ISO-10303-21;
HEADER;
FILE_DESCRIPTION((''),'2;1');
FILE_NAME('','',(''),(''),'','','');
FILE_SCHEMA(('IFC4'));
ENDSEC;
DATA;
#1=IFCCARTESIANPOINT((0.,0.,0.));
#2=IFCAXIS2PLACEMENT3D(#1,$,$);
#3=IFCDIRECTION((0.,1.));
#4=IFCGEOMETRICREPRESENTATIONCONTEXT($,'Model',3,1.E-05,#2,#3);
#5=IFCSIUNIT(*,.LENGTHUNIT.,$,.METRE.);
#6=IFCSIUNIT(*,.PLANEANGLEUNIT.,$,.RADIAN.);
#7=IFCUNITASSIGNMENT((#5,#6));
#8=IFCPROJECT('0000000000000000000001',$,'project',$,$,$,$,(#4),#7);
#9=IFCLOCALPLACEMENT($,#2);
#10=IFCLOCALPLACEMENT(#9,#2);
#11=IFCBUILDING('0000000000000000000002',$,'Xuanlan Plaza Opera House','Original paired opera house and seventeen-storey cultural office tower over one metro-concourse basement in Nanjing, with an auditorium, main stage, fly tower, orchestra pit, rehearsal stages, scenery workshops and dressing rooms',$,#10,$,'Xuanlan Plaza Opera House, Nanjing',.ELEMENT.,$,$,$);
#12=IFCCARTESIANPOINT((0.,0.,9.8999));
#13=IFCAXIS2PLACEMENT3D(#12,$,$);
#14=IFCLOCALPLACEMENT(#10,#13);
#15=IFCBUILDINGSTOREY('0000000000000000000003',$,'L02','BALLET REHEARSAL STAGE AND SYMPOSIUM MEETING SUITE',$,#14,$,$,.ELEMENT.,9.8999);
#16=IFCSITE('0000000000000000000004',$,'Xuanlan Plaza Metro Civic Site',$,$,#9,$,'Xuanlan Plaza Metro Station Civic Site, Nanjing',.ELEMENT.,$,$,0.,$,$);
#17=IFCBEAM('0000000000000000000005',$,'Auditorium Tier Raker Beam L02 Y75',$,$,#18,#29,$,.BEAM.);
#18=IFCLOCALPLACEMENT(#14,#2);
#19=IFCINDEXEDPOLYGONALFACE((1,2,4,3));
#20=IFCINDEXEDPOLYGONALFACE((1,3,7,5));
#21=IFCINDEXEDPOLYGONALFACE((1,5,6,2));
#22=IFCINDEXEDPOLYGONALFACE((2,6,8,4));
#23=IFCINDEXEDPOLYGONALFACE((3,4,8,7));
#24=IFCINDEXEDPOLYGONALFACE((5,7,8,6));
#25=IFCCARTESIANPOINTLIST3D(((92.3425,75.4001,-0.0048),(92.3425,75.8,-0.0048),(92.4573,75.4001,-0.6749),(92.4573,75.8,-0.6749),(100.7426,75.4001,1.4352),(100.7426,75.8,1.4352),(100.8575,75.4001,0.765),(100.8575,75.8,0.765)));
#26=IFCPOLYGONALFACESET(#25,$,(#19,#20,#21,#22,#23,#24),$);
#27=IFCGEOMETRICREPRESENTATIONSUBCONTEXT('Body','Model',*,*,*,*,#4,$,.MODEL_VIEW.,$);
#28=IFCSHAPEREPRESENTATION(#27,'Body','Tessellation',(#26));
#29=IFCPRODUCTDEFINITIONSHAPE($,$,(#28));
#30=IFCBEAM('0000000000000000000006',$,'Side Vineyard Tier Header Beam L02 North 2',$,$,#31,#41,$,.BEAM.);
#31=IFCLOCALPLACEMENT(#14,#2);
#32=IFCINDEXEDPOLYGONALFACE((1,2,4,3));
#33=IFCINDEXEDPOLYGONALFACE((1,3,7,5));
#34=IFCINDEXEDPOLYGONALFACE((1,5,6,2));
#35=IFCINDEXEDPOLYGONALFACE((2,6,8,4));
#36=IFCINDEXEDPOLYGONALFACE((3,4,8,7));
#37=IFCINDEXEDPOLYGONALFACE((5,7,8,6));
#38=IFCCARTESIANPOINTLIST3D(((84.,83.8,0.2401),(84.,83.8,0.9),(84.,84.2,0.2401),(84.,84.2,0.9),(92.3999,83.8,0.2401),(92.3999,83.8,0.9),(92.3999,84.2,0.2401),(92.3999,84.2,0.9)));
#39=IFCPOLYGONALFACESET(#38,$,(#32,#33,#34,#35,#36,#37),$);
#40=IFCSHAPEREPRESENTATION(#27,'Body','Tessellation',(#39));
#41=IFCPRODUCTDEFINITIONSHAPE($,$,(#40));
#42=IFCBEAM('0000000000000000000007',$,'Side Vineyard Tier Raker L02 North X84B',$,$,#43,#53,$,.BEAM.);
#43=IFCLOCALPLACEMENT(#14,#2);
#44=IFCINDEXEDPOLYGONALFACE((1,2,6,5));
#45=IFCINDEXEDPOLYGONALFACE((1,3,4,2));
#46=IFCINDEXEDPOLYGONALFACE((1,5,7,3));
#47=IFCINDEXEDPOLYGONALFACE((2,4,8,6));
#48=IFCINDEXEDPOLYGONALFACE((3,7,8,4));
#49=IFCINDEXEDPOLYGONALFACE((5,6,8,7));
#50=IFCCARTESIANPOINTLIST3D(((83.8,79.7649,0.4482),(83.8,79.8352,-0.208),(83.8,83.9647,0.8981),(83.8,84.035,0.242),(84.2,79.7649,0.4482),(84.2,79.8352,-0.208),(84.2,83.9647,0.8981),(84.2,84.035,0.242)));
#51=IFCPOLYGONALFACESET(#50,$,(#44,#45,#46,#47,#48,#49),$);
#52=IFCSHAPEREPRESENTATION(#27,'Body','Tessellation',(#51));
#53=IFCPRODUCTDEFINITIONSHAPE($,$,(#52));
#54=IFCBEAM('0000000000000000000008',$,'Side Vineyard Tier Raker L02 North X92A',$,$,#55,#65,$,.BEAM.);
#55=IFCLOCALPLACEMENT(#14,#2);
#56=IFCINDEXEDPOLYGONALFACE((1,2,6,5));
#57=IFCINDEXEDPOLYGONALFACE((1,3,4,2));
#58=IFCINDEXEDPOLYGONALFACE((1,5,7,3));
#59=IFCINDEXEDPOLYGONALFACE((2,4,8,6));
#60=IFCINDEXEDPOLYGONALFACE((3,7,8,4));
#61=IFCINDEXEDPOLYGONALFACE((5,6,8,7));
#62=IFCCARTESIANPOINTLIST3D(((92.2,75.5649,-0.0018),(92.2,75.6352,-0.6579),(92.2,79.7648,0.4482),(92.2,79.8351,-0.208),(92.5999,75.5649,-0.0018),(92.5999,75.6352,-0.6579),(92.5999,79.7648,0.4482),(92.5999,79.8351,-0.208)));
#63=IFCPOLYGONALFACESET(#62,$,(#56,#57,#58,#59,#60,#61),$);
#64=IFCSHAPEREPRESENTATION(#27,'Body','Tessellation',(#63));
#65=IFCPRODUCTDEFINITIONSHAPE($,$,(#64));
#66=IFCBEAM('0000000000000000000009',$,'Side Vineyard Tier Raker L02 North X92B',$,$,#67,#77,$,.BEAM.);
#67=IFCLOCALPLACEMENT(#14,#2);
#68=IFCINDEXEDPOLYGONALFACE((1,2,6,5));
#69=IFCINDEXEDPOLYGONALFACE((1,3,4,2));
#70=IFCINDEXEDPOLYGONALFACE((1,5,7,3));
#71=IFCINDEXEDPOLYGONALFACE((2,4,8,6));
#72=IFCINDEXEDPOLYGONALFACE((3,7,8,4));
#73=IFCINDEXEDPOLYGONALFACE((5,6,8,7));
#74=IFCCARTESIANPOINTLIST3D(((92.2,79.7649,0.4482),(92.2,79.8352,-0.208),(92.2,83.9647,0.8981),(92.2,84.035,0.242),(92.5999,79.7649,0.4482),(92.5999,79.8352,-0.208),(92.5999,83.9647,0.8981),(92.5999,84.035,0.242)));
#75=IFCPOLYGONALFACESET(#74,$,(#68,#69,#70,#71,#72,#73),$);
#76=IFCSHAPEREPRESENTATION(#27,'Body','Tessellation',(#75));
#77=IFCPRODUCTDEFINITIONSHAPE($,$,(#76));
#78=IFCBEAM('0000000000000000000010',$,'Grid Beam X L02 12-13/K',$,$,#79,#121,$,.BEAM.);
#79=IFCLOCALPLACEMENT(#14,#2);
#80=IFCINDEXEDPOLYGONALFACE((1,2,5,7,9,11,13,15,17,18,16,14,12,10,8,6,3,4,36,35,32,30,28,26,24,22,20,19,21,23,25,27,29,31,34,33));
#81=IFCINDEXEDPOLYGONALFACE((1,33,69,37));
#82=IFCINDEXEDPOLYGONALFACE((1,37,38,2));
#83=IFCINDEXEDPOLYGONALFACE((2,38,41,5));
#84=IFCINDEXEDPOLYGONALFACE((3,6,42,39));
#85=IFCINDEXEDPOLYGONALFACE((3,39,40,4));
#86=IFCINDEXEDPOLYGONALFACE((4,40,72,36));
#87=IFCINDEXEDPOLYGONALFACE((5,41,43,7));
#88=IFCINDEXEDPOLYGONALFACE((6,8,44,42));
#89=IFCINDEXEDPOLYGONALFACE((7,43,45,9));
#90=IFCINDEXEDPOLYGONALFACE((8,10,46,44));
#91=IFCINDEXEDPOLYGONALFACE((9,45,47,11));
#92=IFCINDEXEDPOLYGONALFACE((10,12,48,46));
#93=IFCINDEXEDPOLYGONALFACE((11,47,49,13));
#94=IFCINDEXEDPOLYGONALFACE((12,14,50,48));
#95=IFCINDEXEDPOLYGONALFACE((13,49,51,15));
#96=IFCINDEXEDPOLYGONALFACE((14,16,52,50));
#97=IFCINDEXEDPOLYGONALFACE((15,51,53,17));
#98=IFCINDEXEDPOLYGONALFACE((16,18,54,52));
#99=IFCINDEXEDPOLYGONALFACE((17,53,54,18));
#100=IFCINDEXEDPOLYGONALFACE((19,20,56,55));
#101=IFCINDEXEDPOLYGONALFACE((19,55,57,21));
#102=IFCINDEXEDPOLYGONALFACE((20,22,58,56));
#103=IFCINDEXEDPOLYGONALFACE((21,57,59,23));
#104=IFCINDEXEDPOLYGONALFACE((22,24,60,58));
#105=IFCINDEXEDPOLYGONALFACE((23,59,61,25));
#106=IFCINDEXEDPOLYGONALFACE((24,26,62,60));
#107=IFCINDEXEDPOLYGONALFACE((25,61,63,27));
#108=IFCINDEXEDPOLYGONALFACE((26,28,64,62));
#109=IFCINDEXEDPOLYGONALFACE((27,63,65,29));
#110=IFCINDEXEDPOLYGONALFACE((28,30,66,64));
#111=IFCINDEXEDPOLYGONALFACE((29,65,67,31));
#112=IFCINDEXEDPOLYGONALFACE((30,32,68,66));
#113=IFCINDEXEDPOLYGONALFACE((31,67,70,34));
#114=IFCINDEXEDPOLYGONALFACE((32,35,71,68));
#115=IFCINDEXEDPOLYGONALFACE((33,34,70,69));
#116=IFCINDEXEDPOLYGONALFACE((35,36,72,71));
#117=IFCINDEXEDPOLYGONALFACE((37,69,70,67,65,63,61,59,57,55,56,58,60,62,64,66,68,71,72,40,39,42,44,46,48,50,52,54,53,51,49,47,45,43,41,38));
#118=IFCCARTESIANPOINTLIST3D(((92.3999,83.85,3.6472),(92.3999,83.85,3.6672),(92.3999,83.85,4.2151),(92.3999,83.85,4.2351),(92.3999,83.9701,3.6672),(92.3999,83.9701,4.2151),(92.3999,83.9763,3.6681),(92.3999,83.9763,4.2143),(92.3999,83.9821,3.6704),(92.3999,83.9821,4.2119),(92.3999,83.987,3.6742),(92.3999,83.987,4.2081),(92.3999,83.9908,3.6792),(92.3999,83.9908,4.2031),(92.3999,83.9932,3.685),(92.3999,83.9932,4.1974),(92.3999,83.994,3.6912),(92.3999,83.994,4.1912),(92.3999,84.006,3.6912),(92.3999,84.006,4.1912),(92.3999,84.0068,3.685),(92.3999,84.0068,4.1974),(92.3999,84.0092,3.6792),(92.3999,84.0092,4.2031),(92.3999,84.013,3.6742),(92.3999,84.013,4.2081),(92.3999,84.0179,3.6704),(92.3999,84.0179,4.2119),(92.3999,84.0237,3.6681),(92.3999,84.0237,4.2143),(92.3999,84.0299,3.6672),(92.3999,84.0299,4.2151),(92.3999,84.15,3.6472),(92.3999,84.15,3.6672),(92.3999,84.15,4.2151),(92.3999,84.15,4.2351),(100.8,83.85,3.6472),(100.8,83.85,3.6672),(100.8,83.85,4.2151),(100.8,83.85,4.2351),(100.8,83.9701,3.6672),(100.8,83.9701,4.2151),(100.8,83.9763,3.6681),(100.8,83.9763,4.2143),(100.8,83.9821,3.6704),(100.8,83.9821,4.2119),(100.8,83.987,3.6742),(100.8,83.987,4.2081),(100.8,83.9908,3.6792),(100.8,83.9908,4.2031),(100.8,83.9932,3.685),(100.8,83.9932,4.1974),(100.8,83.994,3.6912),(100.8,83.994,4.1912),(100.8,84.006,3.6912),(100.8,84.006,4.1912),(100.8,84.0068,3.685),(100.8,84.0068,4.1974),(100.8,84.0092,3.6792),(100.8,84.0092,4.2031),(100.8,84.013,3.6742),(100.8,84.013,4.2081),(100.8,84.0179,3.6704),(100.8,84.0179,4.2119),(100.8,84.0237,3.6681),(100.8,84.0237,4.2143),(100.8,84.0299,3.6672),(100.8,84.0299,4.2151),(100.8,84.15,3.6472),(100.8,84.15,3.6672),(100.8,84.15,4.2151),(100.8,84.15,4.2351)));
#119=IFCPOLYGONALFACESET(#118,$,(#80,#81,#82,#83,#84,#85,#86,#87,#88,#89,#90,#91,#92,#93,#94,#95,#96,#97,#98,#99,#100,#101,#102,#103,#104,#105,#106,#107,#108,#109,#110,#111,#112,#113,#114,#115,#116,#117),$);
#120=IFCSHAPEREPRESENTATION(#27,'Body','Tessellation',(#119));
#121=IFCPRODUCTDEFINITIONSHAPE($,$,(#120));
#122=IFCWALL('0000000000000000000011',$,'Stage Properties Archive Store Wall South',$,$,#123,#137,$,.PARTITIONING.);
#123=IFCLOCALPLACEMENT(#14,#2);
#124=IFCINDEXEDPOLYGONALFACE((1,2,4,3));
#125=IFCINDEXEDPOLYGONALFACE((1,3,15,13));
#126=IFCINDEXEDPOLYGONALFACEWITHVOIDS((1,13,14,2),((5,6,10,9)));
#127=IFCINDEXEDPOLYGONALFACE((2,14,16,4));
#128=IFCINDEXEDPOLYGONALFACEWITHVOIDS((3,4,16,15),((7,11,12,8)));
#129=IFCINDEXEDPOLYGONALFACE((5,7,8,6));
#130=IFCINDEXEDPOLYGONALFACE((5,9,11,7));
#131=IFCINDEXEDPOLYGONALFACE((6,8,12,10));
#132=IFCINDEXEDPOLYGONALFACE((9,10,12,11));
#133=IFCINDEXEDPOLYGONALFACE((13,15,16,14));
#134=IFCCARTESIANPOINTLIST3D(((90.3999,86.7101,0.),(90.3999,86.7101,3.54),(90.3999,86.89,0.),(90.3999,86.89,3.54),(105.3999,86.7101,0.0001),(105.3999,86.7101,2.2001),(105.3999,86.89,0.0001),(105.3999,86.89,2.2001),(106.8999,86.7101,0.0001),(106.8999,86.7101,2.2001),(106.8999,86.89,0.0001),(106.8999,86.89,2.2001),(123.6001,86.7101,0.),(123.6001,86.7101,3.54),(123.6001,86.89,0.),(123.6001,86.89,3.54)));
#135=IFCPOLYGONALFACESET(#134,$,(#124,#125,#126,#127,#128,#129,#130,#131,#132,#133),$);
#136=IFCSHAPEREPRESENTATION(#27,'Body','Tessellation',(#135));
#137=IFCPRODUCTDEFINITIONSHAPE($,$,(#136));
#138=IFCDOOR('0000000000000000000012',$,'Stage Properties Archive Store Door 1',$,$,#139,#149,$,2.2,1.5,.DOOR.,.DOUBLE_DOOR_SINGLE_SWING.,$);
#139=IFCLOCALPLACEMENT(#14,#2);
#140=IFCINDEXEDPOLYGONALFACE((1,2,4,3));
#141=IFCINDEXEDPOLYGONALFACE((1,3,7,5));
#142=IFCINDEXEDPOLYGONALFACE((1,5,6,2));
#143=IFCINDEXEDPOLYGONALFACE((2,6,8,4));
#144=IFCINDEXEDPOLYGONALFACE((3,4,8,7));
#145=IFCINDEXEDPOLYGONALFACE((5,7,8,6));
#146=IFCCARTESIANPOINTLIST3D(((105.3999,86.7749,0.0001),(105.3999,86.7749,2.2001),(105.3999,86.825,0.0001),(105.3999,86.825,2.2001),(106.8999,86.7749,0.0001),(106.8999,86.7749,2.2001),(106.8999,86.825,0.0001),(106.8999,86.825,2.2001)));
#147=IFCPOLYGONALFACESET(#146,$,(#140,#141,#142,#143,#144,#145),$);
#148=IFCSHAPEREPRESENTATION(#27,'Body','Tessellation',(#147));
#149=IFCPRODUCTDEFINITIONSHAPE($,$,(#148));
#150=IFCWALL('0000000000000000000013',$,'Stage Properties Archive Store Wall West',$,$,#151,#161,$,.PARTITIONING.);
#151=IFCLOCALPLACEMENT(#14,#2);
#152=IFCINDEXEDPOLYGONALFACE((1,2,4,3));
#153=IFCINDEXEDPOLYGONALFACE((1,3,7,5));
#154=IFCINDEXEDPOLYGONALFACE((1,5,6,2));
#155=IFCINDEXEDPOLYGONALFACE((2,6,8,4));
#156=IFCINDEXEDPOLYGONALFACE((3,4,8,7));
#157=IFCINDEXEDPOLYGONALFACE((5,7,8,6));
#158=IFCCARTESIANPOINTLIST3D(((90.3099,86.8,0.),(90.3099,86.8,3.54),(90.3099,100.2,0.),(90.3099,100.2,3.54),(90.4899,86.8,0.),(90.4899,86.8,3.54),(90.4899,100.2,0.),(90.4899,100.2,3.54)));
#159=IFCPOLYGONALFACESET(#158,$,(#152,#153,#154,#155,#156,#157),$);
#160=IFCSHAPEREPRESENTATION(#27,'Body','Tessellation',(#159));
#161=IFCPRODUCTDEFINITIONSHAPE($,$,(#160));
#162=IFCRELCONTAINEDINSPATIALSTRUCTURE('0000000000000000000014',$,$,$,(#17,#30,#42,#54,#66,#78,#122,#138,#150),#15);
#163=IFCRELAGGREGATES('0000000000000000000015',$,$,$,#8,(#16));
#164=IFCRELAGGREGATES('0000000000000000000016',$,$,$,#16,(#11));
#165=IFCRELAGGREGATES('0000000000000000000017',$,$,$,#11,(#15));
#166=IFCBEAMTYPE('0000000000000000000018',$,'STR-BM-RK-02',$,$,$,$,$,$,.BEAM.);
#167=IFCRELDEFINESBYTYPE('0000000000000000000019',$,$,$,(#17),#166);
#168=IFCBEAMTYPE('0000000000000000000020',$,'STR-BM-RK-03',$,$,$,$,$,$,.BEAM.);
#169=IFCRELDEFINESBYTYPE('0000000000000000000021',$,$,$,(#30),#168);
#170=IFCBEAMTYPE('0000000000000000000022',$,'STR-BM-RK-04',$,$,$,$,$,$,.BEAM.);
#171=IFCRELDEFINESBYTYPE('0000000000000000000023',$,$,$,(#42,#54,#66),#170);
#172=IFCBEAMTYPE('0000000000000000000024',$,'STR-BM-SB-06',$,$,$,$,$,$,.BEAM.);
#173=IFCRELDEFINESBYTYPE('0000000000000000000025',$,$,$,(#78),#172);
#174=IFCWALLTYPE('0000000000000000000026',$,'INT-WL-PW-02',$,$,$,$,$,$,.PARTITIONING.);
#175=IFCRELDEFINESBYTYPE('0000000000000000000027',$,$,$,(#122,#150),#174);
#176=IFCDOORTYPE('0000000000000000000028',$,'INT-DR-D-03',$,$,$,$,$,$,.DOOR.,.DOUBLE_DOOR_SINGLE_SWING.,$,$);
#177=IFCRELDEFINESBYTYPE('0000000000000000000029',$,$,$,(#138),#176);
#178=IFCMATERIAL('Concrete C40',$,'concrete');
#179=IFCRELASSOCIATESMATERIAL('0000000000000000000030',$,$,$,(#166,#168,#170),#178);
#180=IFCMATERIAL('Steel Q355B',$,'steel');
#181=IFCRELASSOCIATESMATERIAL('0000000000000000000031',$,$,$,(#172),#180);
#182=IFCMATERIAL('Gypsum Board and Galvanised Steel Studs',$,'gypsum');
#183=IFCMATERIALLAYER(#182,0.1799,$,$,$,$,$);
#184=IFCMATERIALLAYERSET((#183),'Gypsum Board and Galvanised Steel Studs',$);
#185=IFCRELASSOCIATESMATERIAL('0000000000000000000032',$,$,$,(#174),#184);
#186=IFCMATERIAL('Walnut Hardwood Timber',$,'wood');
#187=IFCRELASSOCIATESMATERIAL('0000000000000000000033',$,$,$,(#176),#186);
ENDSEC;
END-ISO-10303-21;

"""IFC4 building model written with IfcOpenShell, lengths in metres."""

from ifc_helpers import new_model, si_unit, direction, frame, frame_2d, origin, origin_2d, place, context, subcontext, project, spatial, rectangle, i_section, extrude, material, layer, layer_set, material_profile, profile_set, type_object, element, fill, save


model = new_model("IFC4")

# Units and contexts
model_context = context("Model", 3, precision=1e-05, world=origin(), true_north=direction((0.0, 1.0)))
body_context = subcontext(model_context, "Body", "Model", "MODEL_VIEW")
ifc_project = project(units=[si_unit("LENGTHUNIT", "METRE"), si_unit("PLANEANGLEUNIT", "RADIAN")], contexts=[model_context])

# Site, building, storey
site_placement = place(None, origin())
site = spatial("IfcSite", under=ifc_project, at=site_placement, Name="Xuanlan Plaza Metro Civic Site", LongName="Xuanlan Plaza Metro Station Civic Site, Nanjing", CompositionType="ELEMENT", RefElevation=0.0)
building_placement = place(site_placement, origin())
building = spatial("IfcBuilding", under=site, at=building_placement, Name="Xuanlan Plaza Opera House", Description="Original paired opera house and seventeen-storey cultural office tower over one metro-concourse basement in Nanjing, with an auditorium, main stage, fly tower, orchestra pit, rehearsal stages, scenery workshops and dressing rooms", LongName="Xuanlan Plaza Opera House, Nanjing", CompositionType="ELEMENT")
storey_placement = place(building_placement, frame((0.0, 0.0, 9.8999)))
storey = spatial("IfcBuildingStorey", under=building, at=storey_placement, Name="L02", Description="BALLET REHEARSAL STAGE AND SYMPOSIUM MEETING SUITE", CompositionType="ELEMENT", Elevation=9.8999)

# Shared definitions
ifc_material_1 = material(Name="Concrete C40", Category="concrete")

# Beams
ifc_material_profile_1 = material_profile(ifc_material_1, rectangle(XDim=0.3999, YDim=0.6799, at=origin_2d()), Name="RC-RKR 400x680")
ifc_profile_set_1 = profile_set([ifc_material_profile_1], Name="Concrete C40")
beam_type_1 = type_object("IfcBeamType", Name="STR-BM-RK-02", PredefinedType="BEAM", material=ifc_profile_set_1)
beam_1_placement = place(storey_placement, frame((92.3999, 75.6001, -0.3398), z_axis=(0.985624, 0.0, 0.168954), x_axis=(0.0, 1.0, 0.0)))
element("IfcBeam", 1, at=beam_1_placement, inside=storey, type_object=beam_type_1, Name="Auditorium Tier Raker Beam L02 Y75", PredefinedType="BEAM", context=body_context, shape_type="SweptSolid", body=[
    extrude(rectangle(XDim=0.3999, YDim=0.6799, at=origin_2d()), origin(), (0.0, 0.0, 1.0), 8.5227),
])
ifc_material_profile_2 = material_profile(ifc_material_1, rectangle(XDim=0.3999, YDim=0.6599, at=origin_2d()), Name="RC-RKR 400x660")
ifc_profile_set_2 = profile_set([ifc_material_profile_2], Name="Concrete C40")
beam_type_2 = type_object("IfcBeamType", Name="STR-BM-RK-03", PredefinedType="BEAM", material=ifc_profile_set_2)
beam_2_placement = place(storey_placement, frame((84.0, 84.0, 0.5701), z_axis=(1.0, 0.0, 0.0), x_axis=(0.0, 1.0, 0.0)))
element("IfcBeam", 2, at=beam_2_placement, inside=storey, type_object=beam_type_2, Name="Side Vineyard Tier Header Beam L02 North 2", PredefinedType="BEAM", context=body_context, shape_type="SweptSolid", body=[
    extrude(rectangle(XDim=0.3999, YDim=0.6599, at=origin_2d()), origin(), (0.0, 0.0, 1.0), 8.3999),
])
ifc_material_profile_3 = material_profile(ifc_material_1, rectangle(XDim=0.3999, YDim=0.6599, at=origin_2d()), Name="RC-RKR 400x660")
ifc_profile_set_3 = profile_set([ifc_material_profile_3], Name="Concrete C40")
beam_type_3 = type_object("IfcBeamType", Name="STR-BM-RK-04", PredefinedType="BEAM", material=ifc_profile_set_3)
for number, where, z_axis, x_axis, name in (
    (3, (84.0, 79.8, 0.1201), (0.0, 0.99431, 0.106523), (-1.0, 0.0, 0.0), "Side Vineyard Tier Raker L02 North X84B"),
    (4, (92.3999, 75.6001, -0.3298), (0.0, 0.99431, 0.106523), (-1.0, 0.0, 0.0), "Side Vineyard Tier Raker L02 North X92A"),
    (5, (92.3999, 79.8, 0.1201), (0.0, 0.99431, 0.106523), (-1.0, 0.0, 0.0), "Side Vineyard Tier Raker L02 North X92B"),
):
    element("IfcBeam", number, at=place(storey_placement, frame(where, z_axis=z_axis, x_axis=x_axis)), inside=storey, type_object=beam_type_3, Name=name, PredefinedType="BEAM", context=body_context, shape_type="SweptSolid", body=[
        extrude(rectangle(XDim=0.3999, YDim=0.6599, at=origin_2d()), origin(), (0.0, 0.0, 1.0), 4.2239),
    ])
ifc_material_2 = material(Name="Steel Q355B", Category="steel")
ifc_material_profile_4 = material_profile(ifc_material_2, i_section(OverallWidth=0.3, OverallDepth=0.5879, WebThickness=0.012, FlangeThickness=0.02, FilletRadius=0.0239, at=origin_2d()), Name="HM 588x300x12x20")
ifc_profile_set_4 = profile_set([ifc_material_profile_4], Name="Steel Q355B")
beam_type_4 = type_object("IfcBeamType", Name="STR-BM-SB-06", PredefinedType="BEAM", material=ifc_profile_set_4)
beam_3_placement = place(storey_placement, frame((92.3999, 84.0, 3.9412), z_axis=(1.0, 0.0, 0.0), x_axis=(0.0, 1.0, 0.0)))
element("IfcBeam", 6, at=beam_3_placement, inside=storey, type_object=beam_type_4, Name="Grid Beam X L02 12-13/K", PredefinedType="BEAM", context=body_context, shape_type="SweptSolid", body=[
    extrude(i_section(OverallWidth=0.3, OverallDepth=0.5879, WebThickness=0.012, FlangeThickness=0.02, FilletRadius=0.0239, at=origin_2d()), origin(), (0.0, 0.0, 1.0), 8.4001),
])

# Wall, opening, door
ifc_material_3 = material(Name="Gypsum Board and Galvanised Steel Studs", Category="gypsum")
ifc_layer_1 = layer(ifc_material_3, 0.1799)
ifc_layer_set_1 = layer_set([ifc_layer_1], Name="Gypsum Board and Galvanised Steel Studs")
wall_type_1 = type_object("IfcWallType", Name="INT-WL-PW-02", PredefinedType="PARTITIONING", material=ifc_layer_set_1)
wall_1_placement = place(storey_placement, frame((90.3999, 86.8, 0.0), z_axis=(0.0, 0.0, 1.0), x_axis=(1.0, 0.0, 0.0)))
wall_1 = element("IfcWall", 7, at=wall_1_placement, inside=storey, type_object=wall_type_1, Name="Stage Properties Archive Store Wall South", PredefinedType="PARTITIONING", context=body_context, shape_type="SweptSolid", body=[
    extrude(rectangle(XDim=33.2002, YDim=0.1799, at=frame_2d((16.6001, 0.0))), origin(), (0.0, 0.0, 1.0), 3.54),
])
opening_1_placement = place(wall_1_placement, frame((15.0, 0.0, 0.0)))
opening_1 = element("IfcOpeningElement", 8, at=opening_1_placement, cuts=wall_1, PredefinedType="OPENING", context=body_context, shape_type="SweptSolid", body=[
    extrude(rectangle(XDim=1.5, YDim=2.2, at=frame_2d((0.75, 1.1001))), frame((0.0, 0.0999, 0.0), z_axis=(0.0, -1.0, 0.0), x_axis=(1.0, 0.0, 0.0)), (0.0, 0.0, 1.0), 0.2),
])
ifc_material_4 = material(Name="Walnut Hardwood Timber", Category="wood")
door_type_1 = type_object("IfcDoorType", Name="INT-DR-D-03", OperationType="DOUBLE_DOOR_SINGLE_SWING", PredefinedType="DOOR", material=ifc_material_4)
door_1_placement = place(opening_1_placement, origin())
door_1 = element("IfcDoor", 9, at=door_1_placement, inside=storey, type_object=door_type_1, Name="Stage Properties Archive Store Door 1", OperationType="DOUBLE_DOOR_SINGLE_SWING", OverallHeight=2.2, OverallWidth=1.5, PredefinedType="DOOR", context=body_context, shape_type="SweptSolid", body=[
    extrude(rectangle(XDim=1.5, YDim=2.2, at=frame_2d((0.75, 1.1001))), frame((0.0, 0.0249, 0.0), z_axis=(0.0, -1.0, 0.0), x_axis=(1.0, 0.0, 0.0)), (0.0, 0.0, 1.0), 0.05),
])
fill(opening_1, door_1)

# Wall
wall_2_placement = place(storey_placement, frame((90.3999, 86.8, 0.0), z_axis=(0.0, 0.0, 1.0), x_axis=(0.0, 1.0, 0.0)))
element("IfcWall", 10, at=wall_2_placement, inside=storey, type_object=wall_type_1, Name="Stage Properties Archive Store Wall West", PredefinedType="PARTITIONING", context=body_context, shape_type="SweptSolid", body=[
    extrude(rectangle(XDim=13.3999, YDim=0.1799, at=frame_2d((6.7, 0.0))), origin(), (0.0, 0.0, 1.0), 3.54),
])

save(model, "model.ifc")
